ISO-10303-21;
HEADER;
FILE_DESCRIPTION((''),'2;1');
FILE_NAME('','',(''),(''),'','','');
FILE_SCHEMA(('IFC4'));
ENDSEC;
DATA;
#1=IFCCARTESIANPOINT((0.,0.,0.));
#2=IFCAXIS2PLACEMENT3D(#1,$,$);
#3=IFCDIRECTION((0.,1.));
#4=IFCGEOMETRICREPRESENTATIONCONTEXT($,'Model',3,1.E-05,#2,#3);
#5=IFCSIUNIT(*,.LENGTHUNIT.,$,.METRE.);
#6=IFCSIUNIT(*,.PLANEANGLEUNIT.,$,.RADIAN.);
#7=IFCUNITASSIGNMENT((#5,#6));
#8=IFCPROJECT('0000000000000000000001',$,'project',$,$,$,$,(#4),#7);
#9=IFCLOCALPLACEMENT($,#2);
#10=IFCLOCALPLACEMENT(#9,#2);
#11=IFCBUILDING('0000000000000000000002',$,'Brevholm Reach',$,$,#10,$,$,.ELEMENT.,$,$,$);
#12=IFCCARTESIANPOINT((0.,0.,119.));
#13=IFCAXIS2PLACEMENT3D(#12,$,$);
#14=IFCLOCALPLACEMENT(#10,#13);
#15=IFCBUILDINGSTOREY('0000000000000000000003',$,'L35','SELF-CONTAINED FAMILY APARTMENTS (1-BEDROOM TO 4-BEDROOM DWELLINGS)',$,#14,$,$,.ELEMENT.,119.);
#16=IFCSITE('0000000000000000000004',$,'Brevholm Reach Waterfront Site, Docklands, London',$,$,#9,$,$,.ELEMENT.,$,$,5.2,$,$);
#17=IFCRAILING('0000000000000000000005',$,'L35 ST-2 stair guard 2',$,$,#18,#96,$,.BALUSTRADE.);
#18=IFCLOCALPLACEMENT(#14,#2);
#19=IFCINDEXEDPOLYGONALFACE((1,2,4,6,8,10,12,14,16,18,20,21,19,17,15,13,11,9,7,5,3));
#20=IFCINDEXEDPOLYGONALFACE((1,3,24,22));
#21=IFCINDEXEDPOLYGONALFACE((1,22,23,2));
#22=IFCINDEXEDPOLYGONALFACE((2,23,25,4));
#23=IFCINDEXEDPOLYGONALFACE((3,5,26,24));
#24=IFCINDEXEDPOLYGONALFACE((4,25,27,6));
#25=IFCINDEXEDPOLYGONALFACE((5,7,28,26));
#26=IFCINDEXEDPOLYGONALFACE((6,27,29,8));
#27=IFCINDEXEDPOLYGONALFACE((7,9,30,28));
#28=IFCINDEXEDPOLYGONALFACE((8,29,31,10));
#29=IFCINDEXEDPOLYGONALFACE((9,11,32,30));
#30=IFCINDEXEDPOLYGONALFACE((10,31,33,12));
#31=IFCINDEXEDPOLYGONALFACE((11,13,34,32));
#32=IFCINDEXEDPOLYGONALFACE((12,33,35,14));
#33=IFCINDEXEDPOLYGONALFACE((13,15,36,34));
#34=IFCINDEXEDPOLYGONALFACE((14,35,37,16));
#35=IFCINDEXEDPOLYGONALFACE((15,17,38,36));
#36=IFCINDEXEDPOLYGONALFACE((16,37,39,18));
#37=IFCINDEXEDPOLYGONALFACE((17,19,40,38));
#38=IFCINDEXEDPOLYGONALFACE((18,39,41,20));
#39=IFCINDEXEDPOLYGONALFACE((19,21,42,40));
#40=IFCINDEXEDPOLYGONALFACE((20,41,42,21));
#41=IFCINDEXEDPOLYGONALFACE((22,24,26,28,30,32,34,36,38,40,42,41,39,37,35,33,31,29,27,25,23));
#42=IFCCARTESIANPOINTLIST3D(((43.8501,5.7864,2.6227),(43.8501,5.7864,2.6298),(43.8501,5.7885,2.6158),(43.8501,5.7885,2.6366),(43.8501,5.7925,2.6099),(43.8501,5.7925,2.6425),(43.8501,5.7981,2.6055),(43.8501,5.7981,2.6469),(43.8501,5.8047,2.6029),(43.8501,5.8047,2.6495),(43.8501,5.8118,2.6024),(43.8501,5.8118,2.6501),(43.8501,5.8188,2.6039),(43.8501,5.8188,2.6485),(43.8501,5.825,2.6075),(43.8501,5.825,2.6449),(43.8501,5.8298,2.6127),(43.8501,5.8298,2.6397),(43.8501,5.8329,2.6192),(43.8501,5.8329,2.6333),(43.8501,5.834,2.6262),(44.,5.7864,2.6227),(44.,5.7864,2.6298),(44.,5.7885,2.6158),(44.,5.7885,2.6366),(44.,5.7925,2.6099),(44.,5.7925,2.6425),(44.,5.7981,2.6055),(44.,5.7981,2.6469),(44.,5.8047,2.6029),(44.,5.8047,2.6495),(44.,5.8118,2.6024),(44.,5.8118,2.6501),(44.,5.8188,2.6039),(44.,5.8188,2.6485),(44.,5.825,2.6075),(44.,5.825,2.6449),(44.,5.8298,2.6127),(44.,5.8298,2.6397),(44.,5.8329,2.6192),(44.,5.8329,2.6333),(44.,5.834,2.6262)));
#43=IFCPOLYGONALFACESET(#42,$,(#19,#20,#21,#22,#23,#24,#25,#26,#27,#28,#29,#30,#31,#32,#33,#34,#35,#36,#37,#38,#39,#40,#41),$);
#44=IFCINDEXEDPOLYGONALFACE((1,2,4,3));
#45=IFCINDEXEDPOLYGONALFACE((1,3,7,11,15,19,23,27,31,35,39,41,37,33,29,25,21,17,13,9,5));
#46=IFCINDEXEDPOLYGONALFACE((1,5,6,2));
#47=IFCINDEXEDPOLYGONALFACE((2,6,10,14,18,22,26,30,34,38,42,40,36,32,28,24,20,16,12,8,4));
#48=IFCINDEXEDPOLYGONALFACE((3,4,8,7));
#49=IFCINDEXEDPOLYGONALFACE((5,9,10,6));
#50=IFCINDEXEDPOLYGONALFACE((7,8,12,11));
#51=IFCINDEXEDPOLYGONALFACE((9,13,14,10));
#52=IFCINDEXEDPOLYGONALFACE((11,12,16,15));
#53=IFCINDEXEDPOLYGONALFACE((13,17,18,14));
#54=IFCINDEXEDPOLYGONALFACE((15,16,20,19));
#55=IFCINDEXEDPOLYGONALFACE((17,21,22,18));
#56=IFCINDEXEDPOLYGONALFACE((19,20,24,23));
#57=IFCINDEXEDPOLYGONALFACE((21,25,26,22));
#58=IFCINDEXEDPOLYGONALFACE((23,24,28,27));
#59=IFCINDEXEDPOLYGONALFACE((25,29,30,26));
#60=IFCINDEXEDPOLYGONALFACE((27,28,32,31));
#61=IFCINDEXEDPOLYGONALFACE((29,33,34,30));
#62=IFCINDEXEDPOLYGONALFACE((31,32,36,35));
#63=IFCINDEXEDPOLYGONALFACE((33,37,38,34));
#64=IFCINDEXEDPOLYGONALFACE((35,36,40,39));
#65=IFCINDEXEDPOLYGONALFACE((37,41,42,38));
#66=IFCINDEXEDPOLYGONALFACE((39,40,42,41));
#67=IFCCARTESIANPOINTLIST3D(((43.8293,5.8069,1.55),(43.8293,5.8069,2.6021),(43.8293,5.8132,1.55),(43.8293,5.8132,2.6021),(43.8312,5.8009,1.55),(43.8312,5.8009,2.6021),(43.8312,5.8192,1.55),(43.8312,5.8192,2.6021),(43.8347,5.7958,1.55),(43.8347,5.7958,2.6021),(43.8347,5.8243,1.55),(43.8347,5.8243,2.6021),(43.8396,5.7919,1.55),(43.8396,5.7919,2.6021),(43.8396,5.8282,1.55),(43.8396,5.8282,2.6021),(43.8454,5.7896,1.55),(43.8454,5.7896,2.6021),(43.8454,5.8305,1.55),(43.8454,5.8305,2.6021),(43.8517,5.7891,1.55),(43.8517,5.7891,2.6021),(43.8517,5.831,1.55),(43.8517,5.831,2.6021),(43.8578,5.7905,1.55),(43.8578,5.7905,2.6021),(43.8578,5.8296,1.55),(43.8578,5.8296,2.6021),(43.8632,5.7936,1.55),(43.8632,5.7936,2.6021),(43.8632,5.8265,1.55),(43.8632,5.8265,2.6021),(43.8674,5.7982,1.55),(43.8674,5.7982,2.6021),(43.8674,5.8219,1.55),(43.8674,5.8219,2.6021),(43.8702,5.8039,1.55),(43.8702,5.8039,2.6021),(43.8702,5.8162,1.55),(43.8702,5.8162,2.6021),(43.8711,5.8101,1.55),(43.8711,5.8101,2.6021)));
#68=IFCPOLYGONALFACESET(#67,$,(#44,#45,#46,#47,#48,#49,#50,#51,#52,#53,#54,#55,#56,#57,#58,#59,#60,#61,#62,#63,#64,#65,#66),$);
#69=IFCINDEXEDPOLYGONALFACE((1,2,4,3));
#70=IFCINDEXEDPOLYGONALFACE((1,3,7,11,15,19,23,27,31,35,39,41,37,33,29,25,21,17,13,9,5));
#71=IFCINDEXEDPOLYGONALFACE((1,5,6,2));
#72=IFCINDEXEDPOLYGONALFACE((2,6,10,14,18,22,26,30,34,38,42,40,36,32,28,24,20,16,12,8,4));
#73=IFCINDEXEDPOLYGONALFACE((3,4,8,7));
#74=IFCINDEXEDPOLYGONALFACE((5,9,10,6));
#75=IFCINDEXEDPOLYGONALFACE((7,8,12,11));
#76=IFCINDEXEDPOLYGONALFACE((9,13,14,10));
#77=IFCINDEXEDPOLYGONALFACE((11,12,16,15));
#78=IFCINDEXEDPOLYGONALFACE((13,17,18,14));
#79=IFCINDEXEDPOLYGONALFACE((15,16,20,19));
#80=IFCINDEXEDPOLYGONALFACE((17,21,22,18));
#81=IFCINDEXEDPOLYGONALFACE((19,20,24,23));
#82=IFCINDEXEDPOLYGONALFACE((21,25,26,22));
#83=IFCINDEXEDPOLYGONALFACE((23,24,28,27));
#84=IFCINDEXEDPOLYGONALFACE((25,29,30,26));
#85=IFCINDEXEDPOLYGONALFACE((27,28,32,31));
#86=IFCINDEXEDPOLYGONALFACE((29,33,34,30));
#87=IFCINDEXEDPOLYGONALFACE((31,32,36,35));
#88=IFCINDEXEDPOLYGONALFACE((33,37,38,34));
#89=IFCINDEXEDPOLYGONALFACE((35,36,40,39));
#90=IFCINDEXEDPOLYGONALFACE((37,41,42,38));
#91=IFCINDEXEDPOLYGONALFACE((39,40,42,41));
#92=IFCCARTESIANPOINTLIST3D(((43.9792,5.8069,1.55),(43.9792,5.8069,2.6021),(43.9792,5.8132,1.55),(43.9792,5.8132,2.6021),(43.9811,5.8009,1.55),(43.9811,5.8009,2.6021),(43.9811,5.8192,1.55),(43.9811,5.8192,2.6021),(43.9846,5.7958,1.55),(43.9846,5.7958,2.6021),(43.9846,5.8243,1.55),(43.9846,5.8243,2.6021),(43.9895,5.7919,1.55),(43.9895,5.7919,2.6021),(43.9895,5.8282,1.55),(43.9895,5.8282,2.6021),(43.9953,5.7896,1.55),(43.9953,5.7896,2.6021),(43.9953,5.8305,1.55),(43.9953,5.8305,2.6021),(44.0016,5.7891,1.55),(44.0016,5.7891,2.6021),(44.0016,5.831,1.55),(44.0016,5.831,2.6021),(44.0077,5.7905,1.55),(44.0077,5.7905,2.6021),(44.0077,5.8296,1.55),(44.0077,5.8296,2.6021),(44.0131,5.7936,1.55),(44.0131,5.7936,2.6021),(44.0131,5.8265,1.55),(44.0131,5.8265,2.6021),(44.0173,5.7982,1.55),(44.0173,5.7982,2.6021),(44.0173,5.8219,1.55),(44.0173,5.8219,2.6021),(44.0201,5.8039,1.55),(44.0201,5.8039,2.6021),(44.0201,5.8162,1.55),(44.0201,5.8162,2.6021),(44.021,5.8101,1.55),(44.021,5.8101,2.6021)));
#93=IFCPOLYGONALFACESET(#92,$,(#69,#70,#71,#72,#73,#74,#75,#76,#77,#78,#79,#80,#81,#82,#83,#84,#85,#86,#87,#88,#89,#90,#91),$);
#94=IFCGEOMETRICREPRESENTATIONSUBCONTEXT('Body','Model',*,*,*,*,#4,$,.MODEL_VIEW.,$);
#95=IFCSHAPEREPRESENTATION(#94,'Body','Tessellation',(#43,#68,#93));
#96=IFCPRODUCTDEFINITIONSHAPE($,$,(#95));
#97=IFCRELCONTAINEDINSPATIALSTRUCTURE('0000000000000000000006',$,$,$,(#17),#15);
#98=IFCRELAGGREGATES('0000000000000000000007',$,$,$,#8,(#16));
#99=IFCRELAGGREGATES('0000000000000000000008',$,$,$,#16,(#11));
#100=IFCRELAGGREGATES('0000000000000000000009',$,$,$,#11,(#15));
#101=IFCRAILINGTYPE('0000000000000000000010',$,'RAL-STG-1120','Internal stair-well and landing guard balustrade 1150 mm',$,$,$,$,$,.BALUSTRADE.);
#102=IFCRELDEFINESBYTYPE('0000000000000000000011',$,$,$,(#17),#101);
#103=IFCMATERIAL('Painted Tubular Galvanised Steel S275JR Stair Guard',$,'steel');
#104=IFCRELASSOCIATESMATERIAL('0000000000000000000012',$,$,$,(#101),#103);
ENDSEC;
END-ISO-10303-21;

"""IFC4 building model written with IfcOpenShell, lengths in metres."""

from ifc_helpers import new_model, si_unit, direction, frame, origin, origin_2d, place, context, subcontext, project, spatial, circle, extrude, material, type_object, element, save


model = new_model("IFC4")

# Units and contexts
model_context = context("Model", 3, precision=1e-05, world=origin(), true_north=direction((0.0, 1.0)))
body_context = subcontext(model_context, "Body", "Model", "MODEL_VIEW")
ifc_project = project(units=[si_unit("LENGTHUNIT", "METRE"), si_unit("PLANEANGLEUNIT", "RADIAN")], contexts=[model_context])

# Site, building, storey
site_placement = place(None, origin())
site = spatial("IfcSite", under=ifc_project, at=site_placement, Name="Brevholm Reach Waterfront Site, Docklands, London", CompositionType="ELEMENT", RefElevation=5.2)
building_placement = place(site_placement, origin())
building = spatial("IfcBuilding", under=site, at=building_placement, Name="Brevholm Reach", CompositionType="ELEMENT")
storey_placement = place(building_placement, frame((0.0, 0.0, 119.0)))
storey = spatial("IfcBuildingStorey", under=building, at=storey_placement, Name="L35", Description="SELF-CONTAINED FAMILY APARTMENTS (1-BEDROOM TO 4-BEDROOM DWELLINGS)", CompositionType="ELEMENT", Elevation=119.0)

# Railing
ifc_material_1 = material(Name="Painted Tubular Galvanised Steel S275JR Stair Guard", Category="steel")
railing_type_1 = type_object("IfcRailingType", Name="RAL-STG-1120", Description="Internal stair-well and landing guard balustrade 1150 mm", PredefinedType="BALUSTRADE", material=ifc_material_1)
railing_1_placement = place(storey_placement, frame((43.8501, 5.8101, 1.55)))
element("IfcRailing", 1, at=railing_1_placement, inside=storey, type_object=railing_type_1, Name="L35 ST-2 stair guard 2", PredefinedType="BALUSTRADE", context=body_context, shape_type="SweptSolid", body=[
    extrude(circle(Radius=0.0239, at=origin_2d()), frame((0.0, 0.0, 1.0762), z_axis=(1.0, 0.0, 0.0), x_axis=(0.0, 1.0, 0.0)), (0.0, 0.0, 1.0), 0.1499),
    extrude(circle(Radius=0.021, at=origin_2d()), origin(), (0.0, 0.0, 1.0), 1.052),
    extrude(circle(Radius=0.021, at=origin_2d()), frame((0.1499, 0.0, 0.0)), (0.0, 0.0, 1.0), 1.052),
])

save(model, "model.ifc")
